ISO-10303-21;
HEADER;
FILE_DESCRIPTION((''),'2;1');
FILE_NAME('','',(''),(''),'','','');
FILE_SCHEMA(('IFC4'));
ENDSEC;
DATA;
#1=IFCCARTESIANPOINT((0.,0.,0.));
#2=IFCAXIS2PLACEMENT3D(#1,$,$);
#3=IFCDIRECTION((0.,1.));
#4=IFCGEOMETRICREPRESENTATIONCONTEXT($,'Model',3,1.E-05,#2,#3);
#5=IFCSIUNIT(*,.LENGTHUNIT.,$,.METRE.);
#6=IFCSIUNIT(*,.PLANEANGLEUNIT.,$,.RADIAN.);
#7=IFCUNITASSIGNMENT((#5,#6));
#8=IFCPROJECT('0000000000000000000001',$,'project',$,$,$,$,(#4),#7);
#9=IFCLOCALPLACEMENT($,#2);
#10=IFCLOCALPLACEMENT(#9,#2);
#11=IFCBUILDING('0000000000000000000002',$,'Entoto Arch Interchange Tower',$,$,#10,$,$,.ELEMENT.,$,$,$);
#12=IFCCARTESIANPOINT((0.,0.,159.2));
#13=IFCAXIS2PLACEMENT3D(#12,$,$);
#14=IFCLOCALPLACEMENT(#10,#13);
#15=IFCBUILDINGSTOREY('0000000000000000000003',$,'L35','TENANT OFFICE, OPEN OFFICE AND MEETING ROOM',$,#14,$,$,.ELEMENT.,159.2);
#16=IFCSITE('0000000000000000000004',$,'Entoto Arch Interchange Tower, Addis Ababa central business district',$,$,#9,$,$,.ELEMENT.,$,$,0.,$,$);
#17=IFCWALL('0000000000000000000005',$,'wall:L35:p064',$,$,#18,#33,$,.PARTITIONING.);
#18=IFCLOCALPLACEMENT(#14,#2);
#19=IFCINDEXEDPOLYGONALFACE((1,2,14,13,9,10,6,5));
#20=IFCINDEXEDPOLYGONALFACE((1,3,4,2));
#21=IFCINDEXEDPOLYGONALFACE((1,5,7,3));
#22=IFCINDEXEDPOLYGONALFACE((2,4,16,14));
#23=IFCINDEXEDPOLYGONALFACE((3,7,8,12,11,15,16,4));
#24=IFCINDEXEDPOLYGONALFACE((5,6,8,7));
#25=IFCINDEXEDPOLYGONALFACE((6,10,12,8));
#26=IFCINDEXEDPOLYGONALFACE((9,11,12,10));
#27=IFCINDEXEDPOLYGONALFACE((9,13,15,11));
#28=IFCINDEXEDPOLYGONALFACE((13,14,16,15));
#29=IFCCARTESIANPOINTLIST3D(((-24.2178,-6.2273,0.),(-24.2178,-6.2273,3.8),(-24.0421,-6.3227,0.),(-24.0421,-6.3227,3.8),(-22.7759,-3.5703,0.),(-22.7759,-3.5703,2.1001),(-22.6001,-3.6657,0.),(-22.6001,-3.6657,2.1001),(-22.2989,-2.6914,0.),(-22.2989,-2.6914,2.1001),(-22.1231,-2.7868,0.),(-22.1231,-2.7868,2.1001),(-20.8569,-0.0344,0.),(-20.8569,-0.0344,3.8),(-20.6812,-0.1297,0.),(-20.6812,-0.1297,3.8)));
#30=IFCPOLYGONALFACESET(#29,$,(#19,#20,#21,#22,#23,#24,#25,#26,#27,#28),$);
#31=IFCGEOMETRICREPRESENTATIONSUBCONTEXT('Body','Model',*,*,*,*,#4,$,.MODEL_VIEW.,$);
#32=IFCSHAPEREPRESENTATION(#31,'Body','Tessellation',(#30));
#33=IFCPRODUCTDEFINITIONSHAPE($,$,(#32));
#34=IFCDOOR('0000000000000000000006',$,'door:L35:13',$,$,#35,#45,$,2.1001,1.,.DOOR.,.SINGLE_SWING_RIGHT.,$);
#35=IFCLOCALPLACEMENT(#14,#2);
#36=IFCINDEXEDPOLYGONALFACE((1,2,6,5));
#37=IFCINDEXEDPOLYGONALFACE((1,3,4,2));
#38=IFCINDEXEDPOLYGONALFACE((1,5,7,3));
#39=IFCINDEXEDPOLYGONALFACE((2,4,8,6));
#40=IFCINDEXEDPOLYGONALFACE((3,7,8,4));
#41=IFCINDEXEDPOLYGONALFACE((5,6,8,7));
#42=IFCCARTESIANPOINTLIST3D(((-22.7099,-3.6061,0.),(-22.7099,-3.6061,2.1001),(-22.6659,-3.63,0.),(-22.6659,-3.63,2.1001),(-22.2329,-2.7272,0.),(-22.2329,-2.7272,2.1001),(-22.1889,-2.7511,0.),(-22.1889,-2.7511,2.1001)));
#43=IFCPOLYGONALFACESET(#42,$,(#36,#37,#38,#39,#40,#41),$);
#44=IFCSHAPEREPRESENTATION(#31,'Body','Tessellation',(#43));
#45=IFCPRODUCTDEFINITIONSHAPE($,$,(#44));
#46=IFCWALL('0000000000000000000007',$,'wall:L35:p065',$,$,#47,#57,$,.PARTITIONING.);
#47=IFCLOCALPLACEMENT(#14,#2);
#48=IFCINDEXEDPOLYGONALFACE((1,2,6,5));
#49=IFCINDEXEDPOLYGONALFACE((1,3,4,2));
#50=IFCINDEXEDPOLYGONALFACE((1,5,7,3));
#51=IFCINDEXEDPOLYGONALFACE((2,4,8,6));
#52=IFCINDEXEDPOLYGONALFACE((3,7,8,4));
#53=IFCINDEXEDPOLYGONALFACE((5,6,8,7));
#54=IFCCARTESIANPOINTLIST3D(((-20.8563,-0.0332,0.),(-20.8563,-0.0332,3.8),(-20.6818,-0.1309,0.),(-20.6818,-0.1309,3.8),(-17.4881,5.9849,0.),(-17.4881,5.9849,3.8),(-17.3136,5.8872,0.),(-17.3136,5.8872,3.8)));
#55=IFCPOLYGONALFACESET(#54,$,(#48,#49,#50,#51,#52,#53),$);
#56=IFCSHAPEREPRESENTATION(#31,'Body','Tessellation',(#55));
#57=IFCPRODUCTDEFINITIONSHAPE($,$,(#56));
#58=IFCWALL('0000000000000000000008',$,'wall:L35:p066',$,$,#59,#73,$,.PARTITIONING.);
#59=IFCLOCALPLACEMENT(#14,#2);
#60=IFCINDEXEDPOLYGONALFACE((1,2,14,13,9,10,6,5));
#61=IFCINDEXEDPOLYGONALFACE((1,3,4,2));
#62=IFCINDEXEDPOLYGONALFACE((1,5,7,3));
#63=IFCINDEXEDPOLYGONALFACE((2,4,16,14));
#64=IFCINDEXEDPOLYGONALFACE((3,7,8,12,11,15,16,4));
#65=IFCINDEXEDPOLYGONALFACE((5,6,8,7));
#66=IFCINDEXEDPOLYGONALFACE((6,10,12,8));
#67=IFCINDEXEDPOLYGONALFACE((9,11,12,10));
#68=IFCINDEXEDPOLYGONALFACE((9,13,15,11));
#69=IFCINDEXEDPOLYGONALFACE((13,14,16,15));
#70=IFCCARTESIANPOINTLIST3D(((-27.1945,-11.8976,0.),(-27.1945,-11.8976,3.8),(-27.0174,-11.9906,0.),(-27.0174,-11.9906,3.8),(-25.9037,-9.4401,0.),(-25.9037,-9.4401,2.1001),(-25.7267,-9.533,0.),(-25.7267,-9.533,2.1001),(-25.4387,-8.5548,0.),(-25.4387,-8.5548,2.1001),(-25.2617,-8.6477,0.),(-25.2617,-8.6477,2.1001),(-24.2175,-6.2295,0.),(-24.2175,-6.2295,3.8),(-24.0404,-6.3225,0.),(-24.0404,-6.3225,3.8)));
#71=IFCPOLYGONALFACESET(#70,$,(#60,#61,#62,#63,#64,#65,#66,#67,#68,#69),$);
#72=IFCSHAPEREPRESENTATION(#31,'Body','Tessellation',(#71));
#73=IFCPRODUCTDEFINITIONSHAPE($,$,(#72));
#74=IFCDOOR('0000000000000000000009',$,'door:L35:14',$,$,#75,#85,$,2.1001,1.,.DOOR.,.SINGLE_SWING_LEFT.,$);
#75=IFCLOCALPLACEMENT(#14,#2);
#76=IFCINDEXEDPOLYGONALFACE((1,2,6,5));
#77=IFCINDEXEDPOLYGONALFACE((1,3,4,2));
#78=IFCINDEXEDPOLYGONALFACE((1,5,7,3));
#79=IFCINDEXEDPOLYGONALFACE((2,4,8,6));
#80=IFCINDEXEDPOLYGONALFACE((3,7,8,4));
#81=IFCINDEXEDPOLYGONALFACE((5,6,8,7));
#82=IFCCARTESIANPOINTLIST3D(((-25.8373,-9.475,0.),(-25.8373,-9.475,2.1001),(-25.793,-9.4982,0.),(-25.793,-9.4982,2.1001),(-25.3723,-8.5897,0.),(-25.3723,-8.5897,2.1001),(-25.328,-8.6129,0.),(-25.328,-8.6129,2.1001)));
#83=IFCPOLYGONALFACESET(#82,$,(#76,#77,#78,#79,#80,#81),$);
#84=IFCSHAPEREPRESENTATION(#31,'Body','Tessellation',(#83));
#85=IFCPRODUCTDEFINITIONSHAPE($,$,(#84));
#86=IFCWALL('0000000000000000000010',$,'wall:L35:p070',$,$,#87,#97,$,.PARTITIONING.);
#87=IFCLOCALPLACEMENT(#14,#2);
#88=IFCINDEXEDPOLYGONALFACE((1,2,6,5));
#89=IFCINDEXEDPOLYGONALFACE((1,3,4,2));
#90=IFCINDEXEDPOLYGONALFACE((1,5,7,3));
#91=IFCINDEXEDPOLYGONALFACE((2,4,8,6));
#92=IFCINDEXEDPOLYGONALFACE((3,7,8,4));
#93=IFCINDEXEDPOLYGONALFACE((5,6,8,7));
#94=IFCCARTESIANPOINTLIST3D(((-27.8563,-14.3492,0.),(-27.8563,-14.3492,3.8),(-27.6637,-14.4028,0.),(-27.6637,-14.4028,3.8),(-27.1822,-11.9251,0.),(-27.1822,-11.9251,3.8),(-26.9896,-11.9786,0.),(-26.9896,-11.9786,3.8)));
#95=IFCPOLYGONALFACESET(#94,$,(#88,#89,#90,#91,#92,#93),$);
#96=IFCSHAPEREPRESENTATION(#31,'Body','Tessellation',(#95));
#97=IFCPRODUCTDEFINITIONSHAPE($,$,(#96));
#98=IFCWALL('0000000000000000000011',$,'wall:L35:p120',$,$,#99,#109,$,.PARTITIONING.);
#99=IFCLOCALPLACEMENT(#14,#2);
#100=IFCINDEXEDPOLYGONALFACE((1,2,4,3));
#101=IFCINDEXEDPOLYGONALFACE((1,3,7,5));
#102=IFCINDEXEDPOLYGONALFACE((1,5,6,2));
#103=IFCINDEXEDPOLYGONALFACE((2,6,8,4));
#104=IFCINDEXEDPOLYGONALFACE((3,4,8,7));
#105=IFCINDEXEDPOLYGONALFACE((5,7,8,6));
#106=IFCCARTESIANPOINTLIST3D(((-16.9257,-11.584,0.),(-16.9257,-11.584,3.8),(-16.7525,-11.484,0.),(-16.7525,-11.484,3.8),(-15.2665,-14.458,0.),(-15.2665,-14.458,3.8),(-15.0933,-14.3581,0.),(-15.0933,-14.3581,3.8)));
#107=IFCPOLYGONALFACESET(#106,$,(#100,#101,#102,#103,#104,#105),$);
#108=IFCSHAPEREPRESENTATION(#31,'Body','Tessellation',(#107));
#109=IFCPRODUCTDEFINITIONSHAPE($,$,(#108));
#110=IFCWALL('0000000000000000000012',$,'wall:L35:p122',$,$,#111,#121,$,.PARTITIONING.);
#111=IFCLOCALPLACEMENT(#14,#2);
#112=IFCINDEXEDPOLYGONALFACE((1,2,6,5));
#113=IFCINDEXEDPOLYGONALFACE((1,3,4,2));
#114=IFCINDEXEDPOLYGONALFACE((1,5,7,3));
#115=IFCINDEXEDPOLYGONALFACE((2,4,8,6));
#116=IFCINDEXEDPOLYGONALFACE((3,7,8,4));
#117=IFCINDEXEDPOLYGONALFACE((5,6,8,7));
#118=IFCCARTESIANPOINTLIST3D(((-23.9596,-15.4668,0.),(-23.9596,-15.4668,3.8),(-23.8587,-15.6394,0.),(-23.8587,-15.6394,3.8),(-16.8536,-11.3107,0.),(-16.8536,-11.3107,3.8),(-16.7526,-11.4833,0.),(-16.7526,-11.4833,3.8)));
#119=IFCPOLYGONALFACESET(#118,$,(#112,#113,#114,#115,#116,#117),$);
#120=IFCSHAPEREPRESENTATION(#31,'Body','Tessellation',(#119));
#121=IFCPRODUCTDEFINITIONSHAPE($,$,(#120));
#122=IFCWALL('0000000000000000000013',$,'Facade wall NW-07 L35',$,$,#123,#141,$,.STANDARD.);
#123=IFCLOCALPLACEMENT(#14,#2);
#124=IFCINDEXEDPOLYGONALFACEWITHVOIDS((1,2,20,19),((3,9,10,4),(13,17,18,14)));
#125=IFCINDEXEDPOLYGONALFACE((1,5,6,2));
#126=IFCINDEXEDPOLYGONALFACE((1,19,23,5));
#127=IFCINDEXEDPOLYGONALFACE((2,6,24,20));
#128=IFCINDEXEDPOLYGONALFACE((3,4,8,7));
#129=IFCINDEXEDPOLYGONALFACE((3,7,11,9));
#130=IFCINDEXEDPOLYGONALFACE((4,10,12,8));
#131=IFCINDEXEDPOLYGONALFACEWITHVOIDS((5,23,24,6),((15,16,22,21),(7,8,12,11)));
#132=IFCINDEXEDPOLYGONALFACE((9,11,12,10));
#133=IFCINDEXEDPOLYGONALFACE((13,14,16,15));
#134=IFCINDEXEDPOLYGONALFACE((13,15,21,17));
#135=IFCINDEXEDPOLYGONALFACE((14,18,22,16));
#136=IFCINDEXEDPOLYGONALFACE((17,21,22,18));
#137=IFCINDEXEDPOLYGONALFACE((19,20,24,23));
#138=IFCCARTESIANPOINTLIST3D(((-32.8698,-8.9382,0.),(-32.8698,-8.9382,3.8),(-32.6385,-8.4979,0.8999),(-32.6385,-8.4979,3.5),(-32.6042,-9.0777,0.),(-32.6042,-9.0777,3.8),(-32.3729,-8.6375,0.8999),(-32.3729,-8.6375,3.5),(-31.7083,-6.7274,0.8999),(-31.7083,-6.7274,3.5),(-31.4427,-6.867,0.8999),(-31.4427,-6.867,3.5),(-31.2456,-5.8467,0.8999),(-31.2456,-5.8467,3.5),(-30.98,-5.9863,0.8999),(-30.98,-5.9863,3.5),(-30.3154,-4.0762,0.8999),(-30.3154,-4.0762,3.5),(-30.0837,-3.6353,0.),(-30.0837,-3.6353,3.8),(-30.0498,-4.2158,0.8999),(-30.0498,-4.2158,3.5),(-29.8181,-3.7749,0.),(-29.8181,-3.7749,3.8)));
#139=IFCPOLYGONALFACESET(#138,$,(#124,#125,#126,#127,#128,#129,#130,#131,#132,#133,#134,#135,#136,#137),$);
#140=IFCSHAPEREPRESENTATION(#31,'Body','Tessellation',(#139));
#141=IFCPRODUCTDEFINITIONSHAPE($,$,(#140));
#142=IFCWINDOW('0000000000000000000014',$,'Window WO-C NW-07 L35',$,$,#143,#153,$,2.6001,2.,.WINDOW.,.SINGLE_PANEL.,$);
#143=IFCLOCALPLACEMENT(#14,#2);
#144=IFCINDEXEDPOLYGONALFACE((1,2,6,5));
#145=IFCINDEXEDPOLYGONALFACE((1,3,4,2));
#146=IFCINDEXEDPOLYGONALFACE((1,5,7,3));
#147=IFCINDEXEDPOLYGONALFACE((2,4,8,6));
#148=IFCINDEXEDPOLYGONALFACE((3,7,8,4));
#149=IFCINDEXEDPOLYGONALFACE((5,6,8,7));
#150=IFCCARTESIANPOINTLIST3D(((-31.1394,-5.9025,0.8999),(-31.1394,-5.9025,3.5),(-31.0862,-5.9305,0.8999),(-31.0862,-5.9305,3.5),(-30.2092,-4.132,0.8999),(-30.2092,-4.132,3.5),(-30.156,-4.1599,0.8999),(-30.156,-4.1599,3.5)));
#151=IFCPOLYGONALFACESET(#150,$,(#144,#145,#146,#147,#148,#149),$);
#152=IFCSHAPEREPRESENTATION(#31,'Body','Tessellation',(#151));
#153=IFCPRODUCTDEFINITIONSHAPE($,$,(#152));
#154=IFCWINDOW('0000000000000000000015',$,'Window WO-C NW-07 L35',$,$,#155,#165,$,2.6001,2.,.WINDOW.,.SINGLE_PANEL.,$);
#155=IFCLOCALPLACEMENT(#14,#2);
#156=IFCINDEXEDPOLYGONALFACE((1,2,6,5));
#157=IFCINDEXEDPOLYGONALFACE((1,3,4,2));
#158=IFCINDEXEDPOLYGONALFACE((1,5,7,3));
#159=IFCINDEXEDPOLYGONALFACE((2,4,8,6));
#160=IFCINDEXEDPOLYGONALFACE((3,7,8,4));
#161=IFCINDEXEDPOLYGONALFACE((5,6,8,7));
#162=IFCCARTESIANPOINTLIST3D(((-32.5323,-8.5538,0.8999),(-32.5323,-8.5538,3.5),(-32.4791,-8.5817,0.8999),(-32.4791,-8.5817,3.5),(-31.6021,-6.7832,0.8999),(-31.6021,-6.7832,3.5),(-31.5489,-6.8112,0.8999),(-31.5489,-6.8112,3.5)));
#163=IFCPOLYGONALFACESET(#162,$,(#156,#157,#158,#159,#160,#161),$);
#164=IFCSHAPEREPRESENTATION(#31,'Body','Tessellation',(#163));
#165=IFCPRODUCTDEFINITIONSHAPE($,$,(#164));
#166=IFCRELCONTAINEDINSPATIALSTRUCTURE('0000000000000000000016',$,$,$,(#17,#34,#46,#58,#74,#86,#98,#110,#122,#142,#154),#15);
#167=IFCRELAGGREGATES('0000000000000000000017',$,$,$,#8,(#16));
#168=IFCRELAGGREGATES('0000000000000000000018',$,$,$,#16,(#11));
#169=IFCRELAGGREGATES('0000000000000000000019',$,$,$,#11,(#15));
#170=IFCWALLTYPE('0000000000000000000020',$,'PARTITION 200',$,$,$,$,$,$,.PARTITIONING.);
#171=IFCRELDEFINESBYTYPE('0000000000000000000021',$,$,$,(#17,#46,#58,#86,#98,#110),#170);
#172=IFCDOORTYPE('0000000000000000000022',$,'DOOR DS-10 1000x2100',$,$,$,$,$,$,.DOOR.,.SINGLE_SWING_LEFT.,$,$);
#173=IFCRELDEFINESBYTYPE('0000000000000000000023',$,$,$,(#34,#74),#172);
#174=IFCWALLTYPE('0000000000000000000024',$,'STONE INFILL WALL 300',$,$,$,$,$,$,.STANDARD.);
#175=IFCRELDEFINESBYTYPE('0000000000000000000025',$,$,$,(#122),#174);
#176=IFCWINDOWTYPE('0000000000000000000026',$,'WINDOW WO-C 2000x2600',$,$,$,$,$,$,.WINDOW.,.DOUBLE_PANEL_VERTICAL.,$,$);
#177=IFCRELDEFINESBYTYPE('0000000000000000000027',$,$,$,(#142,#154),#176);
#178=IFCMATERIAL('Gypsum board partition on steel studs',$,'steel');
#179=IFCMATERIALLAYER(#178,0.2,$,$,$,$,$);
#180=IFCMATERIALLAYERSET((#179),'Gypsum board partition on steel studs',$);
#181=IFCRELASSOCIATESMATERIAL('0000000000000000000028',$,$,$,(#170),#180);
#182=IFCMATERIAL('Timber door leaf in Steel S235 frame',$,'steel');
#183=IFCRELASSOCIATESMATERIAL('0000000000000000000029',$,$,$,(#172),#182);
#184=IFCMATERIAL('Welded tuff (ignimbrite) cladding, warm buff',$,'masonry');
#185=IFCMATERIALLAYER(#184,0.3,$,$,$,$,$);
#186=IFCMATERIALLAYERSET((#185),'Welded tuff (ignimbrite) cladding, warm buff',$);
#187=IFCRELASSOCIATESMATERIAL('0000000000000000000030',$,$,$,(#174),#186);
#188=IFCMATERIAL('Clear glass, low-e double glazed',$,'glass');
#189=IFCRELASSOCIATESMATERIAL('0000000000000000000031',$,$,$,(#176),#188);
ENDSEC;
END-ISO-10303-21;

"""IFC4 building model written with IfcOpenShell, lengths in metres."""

from ifc_helpers import new_model, si_unit, direction, frame, frame_2d, origin, place, context, subcontext, project, spatial, rectangle, extrude, material, layer, layer_set, type_object, element, fill, save


model = new_model("IFC4")

# Units and contexts
model_context = context("Model", 3, precision=1e-05, world=origin(), true_north=direction((0.0, 1.0)))
body_context = subcontext(model_context, "Body", "Model", "MODEL_VIEW")
ifc_project = project(units=[si_unit("LENGTHUNIT", "METRE"), si_unit("PLANEANGLEUNIT", "RADIAN")], contexts=[model_context])

# Site, building, storey
site_placement = place(None, origin())
site = spatial("IfcSite", under=ifc_project, at=site_placement, Name="Entoto Arch Interchange Tower, Addis Ababa central business district", CompositionType="ELEMENT", RefElevation=0.0)
building_placement = place(site_placement, origin())
building = spatial("IfcBuilding", under=site, at=building_placement, Name="Entoto Arch Interchange Tower", CompositionType="ELEMENT")
storey_placement = place(building_placement, frame((0.0, 0.0, 159.2)))
storey = spatial("IfcBuildingStorey", under=building, at=storey_placement, Name="L35", Description="TENANT OFFICE, OPEN OFFICE AND MEETING ROOM", CompositionType="ELEMENT", Elevation=159.2)

# Shared definitions
ifc_material_1 = material(Name="Gypsum board partition on steel studs", Category="steel")
ifc_layer_1 = layer(ifc_material_1, 0.2)
ifc_layer_set_1 = layer_set([ifc_layer_1], Name="Gypsum board partition on steel studs")
wall_type_1 = type_object("IfcWallType", Name="PARTITION 200", PredefinedType="PARTITIONING", material=ifc_layer_set_1)

# Shared definitions
ifc_material_2 = material(Name="Timber door leaf in Steel S235 frame", Category="steel")
door_type = type_object("IfcDoorType", Name="DOOR DS-10 1000x2100", OperationType="SINGLE_SWING_LEFT", PredefinedType="DOOR", material=ifc_material_2)

# Wall, opening, door
wall_1_placement = place(storey_placement, frame((-24.1299, -6.2749, 0.0), z_axis=(0.0, 0.0, 1.0), x_axis=(0.476982, 0.878913, 0.0)))
wall_1 = element("IfcWall", 1, at=wall_1_placement, inside=storey, type_object=wall_type_1, Name="wall:L35:p064", PredefinedType="PARTITIONING", context=body_context, shape_type="SweptSolid", body=[
    extrude(rectangle(XDim=7.0461, YDim=0.2, at=frame_2d((3.5229, 0.0))), origin(), (0.0, 0.0, 1.0), 3.8),
])
opening_1_placement = place(wall_1_placement, frame((3.0229, 0.0, 0.0)))
opening_1 = element("IfcOpeningElement", 2, at=opening_1_placement, cuts=wall_1, PredefinedType="OPENING", context=body_context, shape_type="SweptSolid", body=[
    extrude(rectangle(XDim=1.0, YDim=2.1001, at=frame_2d((0.5, 1.05))), frame((0.0, 0.1099, 0.0), z_axis=(0.0, -1.0, 0.0), x_axis=(1.0, 0.0, 0.0)), (0.0, 0.0, 1.0), 0.22),
])
door_1_placement = place(opening_1_placement, origin())
door_1 = element("IfcDoor", 3, at=door_1_placement, inside=storey, type_object=door_type, Name="door:L35:13", OperationType="SINGLE_SWING_RIGHT", OverallHeight=2.1001, OverallWidth=1.0, PredefinedType="DOOR", context=body_context, shape_type="SweptSolid", body=[
    extrude(rectangle(XDim=1.0, YDim=2.1001, at=frame_2d((0.5, 1.05))), frame((0.0, 0.0249, 0.0), z_axis=(0.0, -1.0, 0.0), x_axis=(1.0, 0.0, 0.0)), (0.0, 0.0, 1.0), 0.05),
])
fill(opening_1, door_1)

# Wall
wall_2_placement = place(storey_placement, frame((-20.769, -0.082, 0.0), z_axis=(0.0, 0.0, 1.0), x_axis=(0.488388, 0.872627, 0.0)))
element("IfcWall", 4, at=wall_2_placement, inside=storey, type_object=wall_type_1, Name="wall:L35:p065", PredefinedType="PARTITIONING", context=body_context, shape_type="SweptSolid", body=[
    extrude(rectangle(XDim=6.8965, YDim=0.2, at=frame_2d((3.4482, 0.0))), origin(), (0.0, 0.0, 1.0), 3.8),
])

# Wall, opening, door
wall_3_placement = place(storey_placement, frame((-27.106, -11.9441, 0.0), z_axis=(0.0, 0.0, 1.0), x_axis=(0.464986, 0.885318, 0.0)))
wall_3 = element("IfcWall", 5, at=wall_3_placement, inside=storey, type_object=wall_type_1, Name="wall:L35:p066", PredefinedType="PARTITIONING", context=body_context, shape_type="SweptSolid", body=[
    extrude(rectangle(XDim=6.4023, YDim=0.2, at=frame_2d((3.2012, 0.0))), origin(), (0.0, 0.0, 1.0), 3.8),
])
opening_2_placement = place(wall_3_placement, frame((2.7759, 0.0, 0.0)))
opening_2 = element("IfcOpeningElement", 6, at=opening_2_placement, cuts=wall_3, PredefinedType="OPENING", context=body_context, shape_type="SweptSolid", body=[
    extrude(rectangle(XDim=1.0, YDim=2.1001, at=frame_2d((0.5, 1.05))), frame((0.0, 0.1099, 0.0), z_axis=(0.0, -1.0, 0.0), x_axis=(1.0, 0.0, 0.0)), (0.0, 0.0, 1.0), 0.22),
])
door_2_placement = place(opening_2_placement, origin())
door_2 = element("IfcDoor", 7, at=door_2_placement, inside=storey, type_object=door_type, Name="door:L35:14", OperationType="SINGLE_SWING_LEFT", OverallHeight=2.1001, OverallWidth=1.0, PredefinedType="DOOR", context=body_context, shape_type="SweptSolid", body=[
    extrude(rectangle(XDim=1.0, YDim=2.1001, at=frame_2d((0.5, 1.05))), frame((0.0, 0.0249, 0.0), z_axis=(0.0, -1.0, 0.0), x_axis=(1.0, 0.0, 0.0)), (0.0, 0.0, 1.0), 0.05),
])
fill(opening_2, door_2)

# Walls
wall_4_placement = place(storey_placement, frame((-27.76, -14.376, 0.0), z_axis=(0.0, 0.0, 1.0), x_axis=(0.267909, 0.963444, 0.0)))
element("IfcWall", 8, at=wall_4_placement, inside=storey, type_object=wall_type_1, Name="wall:L35:p070", PredefinedType="PARTITIONING", context=body_context, shape_type="SweptSolid", body=[
    extrude(rectangle(XDim=2.5161, YDim=0.2, at=frame_2d((1.2581, 0.0))), origin(), (0.0, 0.0, 1.0), 3.8),
])
wall_5_placement = place(storey_placement, frame((-15.1799, -14.408, 0.0), z_axis=(0.0, 0.0, 1.0), x_axis=(-0.499969, 0.866043, 0.0)))
element("IfcWall", 9, at=wall_5_placement, inside=storey, type_object=wall_type_1, Name="wall:L35:p120", PredefinedType="PARTITIONING", context=body_context, shape_type="SweptSolid", body=[
    extrude(rectangle(XDim=3.3186, YDim=0.2, at=frame_2d((1.6592, 0.0))), origin(), (0.0, 0.0, 1.0), 3.8),
])
wall_6_placement = place(storey_placement, frame((-16.803, -11.397, 0.0), z_axis=(0.0, 0.0, 1.0), x_axis=(-0.863204, -0.504855, 0.0)))
element("IfcWall", 10, at=wall_6_placement, inside=storey, type_object=wall_type_1, Name="wall:L35:p122", PredefinedType="PARTITIONING", context=body_context, shape_type="SweptSolid", body=[
    extrude(rectangle(XDim=8.2322, YDim=0.2, at=frame_2d((4.1162, 0.0))), origin(), (0.0, 0.0, 1.0), 3.8),
])

# Wall, openings, windows
ifc_material_3 = material(Name="Welded tuff (ignimbrite) cladding, warm buff", Category="masonry")
ifc_layer_2 = layer(ifc_material_3, 0.3)
ifc_layer_set_2 = layer_set([ifc_layer_2], Name="Welded tuff (ignimbrite) cladding, warm buff")
wall_type_2 = type_object("IfcWallType", Name="STONE INFILL WALL 300", PredefinedType="STANDARD", material=ifc_layer_set_2)
wall_7_placement = place(storey_placement, frame((-29.9509, -3.7051, 0.0), z_axis=(0.0, 0.0, 1.0), x_axis=(-0.465105, -0.885256, 0.0)))
wall_7 = element("IfcWall", 11, at=wall_7_placement, inside=storey, type_object=wall_type_2, Name="Facade wall NW-07 L35", PredefinedType="STANDARD", context=body_context, shape_type="SweptSolid", body=[
    extrude(rectangle(XDim=5.9902, YDim=0.3, at=frame_2d((2.9951, 0.0))), origin(), (0.0, 0.0, 1.0), 3.8),
])
opening_3_placement = place(wall_7_placement, frame((0.498, 0.0, 0.8999)))
opening_3 = element("IfcOpeningElement", 12, at=opening_3_placement, cuts=wall_7, PredefinedType="OPENING", context=body_context, shape_type="SweptSolid", body=[
    extrude(rectangle(XDim=2.0, YDim=2.6001, at=frame_2d((1.0, 1.3))), frame((0.0, 0.1602, 0.0), z_axis=(0.0, -1.0, 0.0), x_axis=(1.0, 0.0, 0.0)), (0.0, 0.0, 1.0), 0.3201),
])
opening_4_placement = place(wall_7_placement, frame((3.4929, 0.0, 0.8999)))
opening_4 = element("IfcOpeningElement", 13, at=opening_4_placement, cuts=wall_7, PredefinedType="OPENING", context=body_context, shape_type="SweptSolid", body=[
    extrude(rectangle(XDim=2.0, YDim=2.6001, at=frame_2d((1.0, 1.3))), frame((0.0, 0.1602, 0.0), z_axis=(0.0, -1.0, 0.0), x_axis=(1.0, 0.0, 0.0)), (0.0, 0.0, 1.0), 0.3201),
])
ifc_material_4 = material(Name="Clear glass, low-e double glazed", Category="glass")
window_type_1 = type_object("IfcWindowType", Name="WINDOW WO-C 2000x2600", PartitioningType="DOUBLE_PANEL_VERTICAL", PredefinedType="WINDOW", material=ifc_material_4)
window_1_placement = place(opening_3_placement, origin())
window_1 = element("IfcWindow", 14, at=window_1_placement, inside=storey, type_object=window_type_1, Name="Window WO-C NW-07 L35", OverallHeight=2.6001, OverallWidth=2.0, PartitioningType="SINGLE_PANEL", PredefinedType="WINDOW", context=body_context, shape_type="SweptSolid", body=[
    extrude(rectangle(XDim=2.0, YDim=2.6001, at=frame_2d((1.0, 1.3))), frame((0.0, 0.03, 0.0), z_axis=(0.0, -1.0, 0.0), x_axis=(1.0, 0.0, 0.0)), (0.0, 0.0, 1.0), 0.0601),
])
fill(opening_3, window_1)
window_2_placement = place(opening_4_placement, origin())
window_2 = element("IfcWindow", 15, at=window_2_placement, inside=storey, type_object=window_type_1, Name="Window WO-C NW-07 L35", OverallHeight=2.6001, OverallWidth=2.0, PartitioningType="SINGLE_PANEL", PredefinedType="WINDOW", context=body_context, shape_type="SweptSolid", body=[
    extrude(rectangle(XDim=2.0, YDim=2.6001, at=frame_2d((1.0, 1.3))), frame((0.0, 0.03, 0.0), z_axis=(0.0, -1.0, 0.0), x_axis=(1.0, 0.0, 0.0)), (0.0, 0.0, 1.0), 0.0601),
])
fill(opening_4, window_2)

save(model, "model.ifc")
